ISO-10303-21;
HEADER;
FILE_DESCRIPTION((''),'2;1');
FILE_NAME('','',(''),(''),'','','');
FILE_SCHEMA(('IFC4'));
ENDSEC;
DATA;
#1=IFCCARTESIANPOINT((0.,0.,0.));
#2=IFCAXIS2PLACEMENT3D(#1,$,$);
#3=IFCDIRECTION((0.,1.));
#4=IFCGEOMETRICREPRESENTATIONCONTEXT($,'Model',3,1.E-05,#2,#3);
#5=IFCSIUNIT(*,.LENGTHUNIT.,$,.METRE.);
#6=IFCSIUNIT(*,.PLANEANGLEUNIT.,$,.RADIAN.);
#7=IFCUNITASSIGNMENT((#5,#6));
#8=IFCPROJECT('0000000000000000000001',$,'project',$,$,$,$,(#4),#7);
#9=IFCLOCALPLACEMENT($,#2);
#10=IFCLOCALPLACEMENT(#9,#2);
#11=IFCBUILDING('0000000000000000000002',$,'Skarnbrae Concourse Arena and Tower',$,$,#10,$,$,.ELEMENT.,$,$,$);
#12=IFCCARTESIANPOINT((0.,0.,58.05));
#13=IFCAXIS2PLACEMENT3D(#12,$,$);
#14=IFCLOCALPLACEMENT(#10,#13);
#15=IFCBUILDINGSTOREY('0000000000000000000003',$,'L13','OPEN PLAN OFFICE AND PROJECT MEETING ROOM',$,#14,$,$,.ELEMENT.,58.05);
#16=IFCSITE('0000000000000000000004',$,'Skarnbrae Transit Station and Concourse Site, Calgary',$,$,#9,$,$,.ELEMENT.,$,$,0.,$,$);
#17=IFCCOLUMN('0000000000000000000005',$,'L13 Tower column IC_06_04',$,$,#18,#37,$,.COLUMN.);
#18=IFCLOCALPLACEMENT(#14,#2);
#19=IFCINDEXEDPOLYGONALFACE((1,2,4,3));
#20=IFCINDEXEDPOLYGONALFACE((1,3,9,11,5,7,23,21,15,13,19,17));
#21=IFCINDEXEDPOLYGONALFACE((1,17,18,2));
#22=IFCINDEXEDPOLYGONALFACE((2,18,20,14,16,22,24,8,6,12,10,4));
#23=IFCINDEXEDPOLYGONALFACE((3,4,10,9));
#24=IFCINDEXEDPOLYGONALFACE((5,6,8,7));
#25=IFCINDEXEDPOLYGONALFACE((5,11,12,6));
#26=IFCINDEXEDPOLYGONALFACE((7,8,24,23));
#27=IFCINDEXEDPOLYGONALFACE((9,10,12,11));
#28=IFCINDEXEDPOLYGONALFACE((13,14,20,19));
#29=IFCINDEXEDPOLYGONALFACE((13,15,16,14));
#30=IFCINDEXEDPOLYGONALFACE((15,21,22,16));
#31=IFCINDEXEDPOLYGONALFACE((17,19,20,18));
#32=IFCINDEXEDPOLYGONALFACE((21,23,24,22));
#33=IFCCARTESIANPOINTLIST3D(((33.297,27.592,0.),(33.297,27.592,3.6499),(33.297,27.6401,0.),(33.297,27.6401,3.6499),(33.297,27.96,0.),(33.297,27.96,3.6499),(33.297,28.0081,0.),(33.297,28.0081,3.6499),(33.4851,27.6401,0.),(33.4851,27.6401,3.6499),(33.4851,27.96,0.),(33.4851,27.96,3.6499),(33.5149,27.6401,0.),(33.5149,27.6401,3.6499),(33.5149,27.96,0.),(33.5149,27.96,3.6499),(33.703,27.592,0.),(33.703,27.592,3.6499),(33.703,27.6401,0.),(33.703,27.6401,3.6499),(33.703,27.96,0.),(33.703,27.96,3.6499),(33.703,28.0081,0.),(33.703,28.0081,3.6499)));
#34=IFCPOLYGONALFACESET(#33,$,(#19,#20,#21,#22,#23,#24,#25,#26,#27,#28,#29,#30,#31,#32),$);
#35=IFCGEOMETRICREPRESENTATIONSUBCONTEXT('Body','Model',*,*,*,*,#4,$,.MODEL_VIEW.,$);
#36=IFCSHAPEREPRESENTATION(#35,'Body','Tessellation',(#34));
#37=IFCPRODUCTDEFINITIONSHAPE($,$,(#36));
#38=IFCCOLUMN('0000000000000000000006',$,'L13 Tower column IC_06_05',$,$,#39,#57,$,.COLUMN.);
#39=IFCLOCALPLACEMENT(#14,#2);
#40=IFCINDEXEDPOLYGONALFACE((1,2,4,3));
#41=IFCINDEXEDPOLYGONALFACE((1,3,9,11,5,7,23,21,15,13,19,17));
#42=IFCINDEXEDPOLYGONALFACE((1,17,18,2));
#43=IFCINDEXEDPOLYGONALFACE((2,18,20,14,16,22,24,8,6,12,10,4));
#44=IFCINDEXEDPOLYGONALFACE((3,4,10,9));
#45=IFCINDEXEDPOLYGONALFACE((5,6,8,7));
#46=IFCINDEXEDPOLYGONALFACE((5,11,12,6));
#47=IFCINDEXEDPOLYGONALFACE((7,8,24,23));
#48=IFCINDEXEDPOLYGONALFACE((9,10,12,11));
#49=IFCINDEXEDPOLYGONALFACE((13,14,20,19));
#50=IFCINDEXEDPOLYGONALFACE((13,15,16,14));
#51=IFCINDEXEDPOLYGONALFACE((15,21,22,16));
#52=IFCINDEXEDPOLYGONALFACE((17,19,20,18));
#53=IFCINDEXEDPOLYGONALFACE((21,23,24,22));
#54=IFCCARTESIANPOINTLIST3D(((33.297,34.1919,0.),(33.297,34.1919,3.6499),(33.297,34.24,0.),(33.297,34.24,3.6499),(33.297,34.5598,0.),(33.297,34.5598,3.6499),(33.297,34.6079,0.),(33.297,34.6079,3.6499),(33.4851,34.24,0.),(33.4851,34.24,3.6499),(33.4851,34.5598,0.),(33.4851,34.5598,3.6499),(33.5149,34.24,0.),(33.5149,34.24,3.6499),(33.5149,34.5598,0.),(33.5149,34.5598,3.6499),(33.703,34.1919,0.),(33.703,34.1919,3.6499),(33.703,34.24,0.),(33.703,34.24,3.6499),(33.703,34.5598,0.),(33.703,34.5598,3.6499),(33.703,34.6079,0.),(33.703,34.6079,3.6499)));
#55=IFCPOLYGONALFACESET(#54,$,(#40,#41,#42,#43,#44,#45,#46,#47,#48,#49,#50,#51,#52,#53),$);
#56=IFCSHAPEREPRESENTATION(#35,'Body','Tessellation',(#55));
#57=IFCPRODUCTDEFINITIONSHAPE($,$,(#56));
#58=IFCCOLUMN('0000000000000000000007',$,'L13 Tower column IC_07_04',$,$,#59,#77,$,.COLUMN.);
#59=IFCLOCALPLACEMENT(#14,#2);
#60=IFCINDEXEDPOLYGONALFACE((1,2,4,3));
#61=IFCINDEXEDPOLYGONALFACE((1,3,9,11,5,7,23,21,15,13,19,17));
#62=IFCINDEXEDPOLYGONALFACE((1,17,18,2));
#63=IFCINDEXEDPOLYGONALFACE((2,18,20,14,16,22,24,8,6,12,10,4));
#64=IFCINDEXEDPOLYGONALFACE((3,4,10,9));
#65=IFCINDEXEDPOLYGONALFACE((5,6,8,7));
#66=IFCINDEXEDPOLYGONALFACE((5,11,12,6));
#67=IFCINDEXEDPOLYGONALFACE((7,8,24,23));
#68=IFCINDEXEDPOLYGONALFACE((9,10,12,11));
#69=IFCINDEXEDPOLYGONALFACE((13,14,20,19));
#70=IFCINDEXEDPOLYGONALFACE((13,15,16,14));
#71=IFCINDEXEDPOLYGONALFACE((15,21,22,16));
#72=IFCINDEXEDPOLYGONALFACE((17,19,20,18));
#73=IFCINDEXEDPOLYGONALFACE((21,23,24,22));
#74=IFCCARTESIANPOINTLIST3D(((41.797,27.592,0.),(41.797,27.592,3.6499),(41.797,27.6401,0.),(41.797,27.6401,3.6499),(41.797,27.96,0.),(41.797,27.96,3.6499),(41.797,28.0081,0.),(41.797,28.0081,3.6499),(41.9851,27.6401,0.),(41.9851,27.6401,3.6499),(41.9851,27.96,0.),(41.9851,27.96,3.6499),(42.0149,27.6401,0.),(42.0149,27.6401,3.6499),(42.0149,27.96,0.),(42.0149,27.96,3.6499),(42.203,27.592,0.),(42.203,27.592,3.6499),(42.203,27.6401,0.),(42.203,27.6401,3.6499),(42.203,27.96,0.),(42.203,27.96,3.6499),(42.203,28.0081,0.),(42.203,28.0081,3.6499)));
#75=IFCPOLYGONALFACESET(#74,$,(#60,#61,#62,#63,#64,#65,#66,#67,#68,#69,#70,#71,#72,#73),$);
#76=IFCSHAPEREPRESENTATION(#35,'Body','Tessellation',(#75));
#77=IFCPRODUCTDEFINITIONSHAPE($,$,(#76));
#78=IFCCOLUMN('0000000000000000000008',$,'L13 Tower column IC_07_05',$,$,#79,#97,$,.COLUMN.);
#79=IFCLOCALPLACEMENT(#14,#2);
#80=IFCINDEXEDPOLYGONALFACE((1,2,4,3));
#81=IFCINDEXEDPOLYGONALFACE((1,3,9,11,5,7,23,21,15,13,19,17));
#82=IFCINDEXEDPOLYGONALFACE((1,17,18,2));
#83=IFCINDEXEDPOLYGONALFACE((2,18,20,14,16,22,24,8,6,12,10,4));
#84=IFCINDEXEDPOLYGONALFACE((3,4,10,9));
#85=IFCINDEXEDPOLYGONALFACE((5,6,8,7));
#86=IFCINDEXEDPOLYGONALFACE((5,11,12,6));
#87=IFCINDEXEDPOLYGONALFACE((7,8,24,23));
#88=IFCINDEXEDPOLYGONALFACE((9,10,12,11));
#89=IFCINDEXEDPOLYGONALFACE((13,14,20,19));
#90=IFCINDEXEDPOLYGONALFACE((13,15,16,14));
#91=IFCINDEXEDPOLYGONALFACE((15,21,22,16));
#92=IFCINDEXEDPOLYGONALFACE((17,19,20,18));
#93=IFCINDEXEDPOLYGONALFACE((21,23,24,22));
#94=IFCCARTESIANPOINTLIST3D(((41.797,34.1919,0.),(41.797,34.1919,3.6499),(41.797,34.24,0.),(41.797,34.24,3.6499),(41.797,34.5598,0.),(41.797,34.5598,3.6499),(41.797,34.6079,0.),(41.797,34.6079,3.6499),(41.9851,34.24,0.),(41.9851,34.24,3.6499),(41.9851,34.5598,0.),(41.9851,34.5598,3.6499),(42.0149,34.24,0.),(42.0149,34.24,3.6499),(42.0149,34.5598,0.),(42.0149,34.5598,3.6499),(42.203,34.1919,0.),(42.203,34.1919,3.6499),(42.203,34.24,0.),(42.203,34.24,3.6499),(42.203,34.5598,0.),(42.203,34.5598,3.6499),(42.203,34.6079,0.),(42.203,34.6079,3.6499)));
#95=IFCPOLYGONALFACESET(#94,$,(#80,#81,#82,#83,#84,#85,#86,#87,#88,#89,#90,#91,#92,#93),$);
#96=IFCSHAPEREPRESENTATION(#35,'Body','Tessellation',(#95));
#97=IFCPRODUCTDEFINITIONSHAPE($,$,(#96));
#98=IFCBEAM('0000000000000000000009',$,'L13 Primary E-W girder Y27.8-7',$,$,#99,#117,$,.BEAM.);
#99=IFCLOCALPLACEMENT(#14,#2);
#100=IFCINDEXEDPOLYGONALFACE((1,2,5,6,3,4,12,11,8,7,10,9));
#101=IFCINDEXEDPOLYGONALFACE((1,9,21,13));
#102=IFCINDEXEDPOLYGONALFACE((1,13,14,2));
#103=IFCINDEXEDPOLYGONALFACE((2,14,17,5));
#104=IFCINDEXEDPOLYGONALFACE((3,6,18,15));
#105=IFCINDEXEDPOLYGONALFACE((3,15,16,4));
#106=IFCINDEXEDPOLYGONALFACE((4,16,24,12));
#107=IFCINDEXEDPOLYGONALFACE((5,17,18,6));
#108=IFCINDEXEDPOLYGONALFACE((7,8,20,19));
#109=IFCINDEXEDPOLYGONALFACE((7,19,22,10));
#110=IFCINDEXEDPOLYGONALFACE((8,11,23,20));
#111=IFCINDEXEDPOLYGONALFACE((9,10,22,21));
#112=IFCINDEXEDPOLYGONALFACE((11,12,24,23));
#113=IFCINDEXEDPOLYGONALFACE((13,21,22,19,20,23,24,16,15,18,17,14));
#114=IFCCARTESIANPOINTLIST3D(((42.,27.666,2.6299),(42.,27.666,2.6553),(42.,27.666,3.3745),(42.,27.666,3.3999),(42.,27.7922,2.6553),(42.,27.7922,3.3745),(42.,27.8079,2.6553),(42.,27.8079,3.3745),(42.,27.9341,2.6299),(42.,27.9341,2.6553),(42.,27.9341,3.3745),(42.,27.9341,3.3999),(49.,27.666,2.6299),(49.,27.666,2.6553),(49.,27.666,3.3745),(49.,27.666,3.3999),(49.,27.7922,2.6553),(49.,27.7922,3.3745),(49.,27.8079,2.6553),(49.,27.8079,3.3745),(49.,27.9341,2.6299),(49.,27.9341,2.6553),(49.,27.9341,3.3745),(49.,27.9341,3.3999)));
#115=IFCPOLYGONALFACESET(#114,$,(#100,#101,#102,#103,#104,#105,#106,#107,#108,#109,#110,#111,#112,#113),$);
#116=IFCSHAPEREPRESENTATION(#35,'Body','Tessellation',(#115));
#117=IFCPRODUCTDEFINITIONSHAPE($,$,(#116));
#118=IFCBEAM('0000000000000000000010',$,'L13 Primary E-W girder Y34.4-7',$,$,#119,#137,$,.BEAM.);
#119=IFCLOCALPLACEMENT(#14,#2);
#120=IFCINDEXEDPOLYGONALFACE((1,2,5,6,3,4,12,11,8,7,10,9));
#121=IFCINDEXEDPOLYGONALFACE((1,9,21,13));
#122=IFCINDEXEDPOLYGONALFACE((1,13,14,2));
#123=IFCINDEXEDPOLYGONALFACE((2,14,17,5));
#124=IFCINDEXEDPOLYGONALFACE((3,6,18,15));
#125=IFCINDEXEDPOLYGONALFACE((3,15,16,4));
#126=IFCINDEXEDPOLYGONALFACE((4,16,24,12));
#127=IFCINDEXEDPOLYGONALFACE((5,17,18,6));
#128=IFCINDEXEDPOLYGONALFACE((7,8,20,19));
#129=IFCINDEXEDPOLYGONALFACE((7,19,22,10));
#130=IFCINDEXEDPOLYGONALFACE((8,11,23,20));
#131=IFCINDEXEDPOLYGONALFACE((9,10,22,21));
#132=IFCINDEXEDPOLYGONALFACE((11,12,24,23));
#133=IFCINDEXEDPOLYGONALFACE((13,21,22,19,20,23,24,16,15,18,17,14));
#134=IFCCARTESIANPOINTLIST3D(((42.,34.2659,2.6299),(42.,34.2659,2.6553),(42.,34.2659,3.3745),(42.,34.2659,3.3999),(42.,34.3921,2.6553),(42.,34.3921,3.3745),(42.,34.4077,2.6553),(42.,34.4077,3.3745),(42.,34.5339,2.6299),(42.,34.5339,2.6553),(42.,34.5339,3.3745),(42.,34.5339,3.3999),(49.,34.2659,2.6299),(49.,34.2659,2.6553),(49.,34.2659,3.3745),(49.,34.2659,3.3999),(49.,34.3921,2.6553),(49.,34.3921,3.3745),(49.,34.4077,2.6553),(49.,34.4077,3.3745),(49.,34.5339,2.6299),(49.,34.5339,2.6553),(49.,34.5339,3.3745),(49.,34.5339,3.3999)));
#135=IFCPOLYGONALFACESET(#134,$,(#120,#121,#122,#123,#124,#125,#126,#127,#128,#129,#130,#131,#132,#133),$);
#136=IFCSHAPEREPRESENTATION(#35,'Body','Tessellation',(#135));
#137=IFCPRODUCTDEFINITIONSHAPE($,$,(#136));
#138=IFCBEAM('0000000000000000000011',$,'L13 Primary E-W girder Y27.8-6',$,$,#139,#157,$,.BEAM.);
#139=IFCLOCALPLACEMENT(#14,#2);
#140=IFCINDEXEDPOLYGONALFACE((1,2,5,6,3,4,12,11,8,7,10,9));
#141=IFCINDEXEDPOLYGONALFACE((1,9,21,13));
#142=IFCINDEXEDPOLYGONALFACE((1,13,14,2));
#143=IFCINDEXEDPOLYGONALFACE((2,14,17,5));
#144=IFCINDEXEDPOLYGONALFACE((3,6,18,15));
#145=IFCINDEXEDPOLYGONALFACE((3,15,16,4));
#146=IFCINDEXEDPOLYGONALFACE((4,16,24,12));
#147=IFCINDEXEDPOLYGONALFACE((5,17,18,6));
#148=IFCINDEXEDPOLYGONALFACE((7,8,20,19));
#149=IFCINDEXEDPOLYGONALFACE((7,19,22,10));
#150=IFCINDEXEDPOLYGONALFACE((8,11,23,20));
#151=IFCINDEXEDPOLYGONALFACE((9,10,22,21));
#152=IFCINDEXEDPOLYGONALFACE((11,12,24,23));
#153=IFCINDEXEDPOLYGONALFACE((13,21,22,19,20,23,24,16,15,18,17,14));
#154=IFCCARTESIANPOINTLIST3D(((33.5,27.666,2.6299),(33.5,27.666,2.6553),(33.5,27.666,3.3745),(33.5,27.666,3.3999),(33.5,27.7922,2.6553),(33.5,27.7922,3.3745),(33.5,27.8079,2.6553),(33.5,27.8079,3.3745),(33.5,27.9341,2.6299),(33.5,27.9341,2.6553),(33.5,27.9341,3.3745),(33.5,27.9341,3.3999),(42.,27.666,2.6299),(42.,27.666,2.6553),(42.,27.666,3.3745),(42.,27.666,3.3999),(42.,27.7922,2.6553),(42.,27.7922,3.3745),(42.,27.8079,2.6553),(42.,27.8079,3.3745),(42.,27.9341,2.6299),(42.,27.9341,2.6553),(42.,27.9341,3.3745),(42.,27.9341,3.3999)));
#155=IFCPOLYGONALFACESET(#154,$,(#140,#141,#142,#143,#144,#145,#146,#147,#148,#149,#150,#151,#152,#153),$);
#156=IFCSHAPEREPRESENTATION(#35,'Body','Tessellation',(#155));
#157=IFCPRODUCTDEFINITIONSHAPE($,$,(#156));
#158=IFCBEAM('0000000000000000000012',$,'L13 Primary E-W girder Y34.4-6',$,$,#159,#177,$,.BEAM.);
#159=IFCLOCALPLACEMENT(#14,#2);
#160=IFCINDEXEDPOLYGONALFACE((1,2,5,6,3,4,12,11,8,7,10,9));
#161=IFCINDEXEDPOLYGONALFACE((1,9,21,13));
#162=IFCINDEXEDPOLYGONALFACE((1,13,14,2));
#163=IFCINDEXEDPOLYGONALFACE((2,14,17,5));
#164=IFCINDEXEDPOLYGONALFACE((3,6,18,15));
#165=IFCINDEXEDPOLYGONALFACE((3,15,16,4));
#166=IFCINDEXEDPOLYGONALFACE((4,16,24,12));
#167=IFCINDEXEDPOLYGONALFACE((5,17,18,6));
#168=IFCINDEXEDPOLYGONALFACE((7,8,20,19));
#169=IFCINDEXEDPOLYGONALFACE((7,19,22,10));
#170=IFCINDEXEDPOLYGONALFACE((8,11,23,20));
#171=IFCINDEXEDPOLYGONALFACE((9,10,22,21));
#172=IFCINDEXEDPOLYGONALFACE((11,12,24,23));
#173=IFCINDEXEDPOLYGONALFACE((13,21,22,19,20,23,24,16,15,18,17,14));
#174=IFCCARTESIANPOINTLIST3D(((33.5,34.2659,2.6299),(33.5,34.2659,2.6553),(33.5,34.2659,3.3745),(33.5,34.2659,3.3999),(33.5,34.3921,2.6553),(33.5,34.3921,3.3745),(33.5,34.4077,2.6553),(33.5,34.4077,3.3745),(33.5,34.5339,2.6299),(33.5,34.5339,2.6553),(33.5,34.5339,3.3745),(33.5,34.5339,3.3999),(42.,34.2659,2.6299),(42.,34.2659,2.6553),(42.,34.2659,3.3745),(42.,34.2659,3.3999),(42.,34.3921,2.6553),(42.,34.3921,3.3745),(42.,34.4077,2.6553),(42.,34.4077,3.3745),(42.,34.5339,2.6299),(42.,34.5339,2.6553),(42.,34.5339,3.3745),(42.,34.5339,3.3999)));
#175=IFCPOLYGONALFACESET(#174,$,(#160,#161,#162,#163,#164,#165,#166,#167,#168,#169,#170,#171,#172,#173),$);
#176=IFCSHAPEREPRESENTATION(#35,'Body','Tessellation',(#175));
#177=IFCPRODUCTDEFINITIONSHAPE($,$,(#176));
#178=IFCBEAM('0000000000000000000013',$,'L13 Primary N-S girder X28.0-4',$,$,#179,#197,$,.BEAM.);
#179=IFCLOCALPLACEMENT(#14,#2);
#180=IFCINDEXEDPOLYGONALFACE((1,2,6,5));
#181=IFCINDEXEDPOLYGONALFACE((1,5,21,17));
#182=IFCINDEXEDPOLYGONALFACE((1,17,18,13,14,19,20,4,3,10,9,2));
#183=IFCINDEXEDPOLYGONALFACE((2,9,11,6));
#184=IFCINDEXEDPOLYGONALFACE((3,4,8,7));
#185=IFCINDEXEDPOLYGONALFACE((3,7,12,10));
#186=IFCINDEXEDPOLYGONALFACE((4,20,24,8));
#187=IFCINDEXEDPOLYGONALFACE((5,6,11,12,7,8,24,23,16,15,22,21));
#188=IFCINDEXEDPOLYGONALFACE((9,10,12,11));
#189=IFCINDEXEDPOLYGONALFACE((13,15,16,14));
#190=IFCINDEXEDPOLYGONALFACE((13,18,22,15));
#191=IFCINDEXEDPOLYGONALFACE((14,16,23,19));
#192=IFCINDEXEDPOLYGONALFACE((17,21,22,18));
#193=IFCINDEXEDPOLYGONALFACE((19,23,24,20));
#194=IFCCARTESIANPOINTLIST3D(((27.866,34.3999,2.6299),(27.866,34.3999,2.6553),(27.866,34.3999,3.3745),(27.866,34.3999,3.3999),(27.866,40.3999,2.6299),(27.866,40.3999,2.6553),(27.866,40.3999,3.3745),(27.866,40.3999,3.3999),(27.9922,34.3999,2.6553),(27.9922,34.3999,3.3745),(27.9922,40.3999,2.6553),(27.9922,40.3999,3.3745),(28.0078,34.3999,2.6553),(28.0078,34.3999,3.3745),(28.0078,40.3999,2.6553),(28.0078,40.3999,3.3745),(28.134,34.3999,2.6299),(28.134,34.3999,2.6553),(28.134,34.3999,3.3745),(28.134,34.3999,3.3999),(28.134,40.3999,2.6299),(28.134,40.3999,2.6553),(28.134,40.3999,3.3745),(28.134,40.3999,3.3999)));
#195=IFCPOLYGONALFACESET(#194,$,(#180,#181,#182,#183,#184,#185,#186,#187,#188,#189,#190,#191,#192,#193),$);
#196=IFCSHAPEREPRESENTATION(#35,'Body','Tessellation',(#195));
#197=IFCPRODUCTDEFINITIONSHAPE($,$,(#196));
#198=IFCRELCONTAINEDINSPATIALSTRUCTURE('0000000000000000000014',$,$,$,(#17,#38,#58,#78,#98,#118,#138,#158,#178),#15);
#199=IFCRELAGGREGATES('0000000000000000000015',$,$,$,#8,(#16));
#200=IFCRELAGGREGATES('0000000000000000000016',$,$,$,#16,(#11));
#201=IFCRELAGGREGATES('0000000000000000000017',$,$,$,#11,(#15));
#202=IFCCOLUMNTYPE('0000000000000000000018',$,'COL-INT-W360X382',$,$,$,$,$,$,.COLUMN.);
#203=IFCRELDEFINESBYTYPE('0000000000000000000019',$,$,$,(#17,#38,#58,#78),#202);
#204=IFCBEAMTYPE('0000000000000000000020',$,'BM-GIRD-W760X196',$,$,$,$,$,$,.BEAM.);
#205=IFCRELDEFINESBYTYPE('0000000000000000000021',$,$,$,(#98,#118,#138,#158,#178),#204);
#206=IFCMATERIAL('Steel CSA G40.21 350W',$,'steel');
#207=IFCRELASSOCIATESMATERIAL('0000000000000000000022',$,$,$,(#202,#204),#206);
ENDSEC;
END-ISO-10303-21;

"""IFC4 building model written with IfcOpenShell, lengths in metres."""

from ifc_helpers import new_model, si_unit, direction, frame, origin, origin_2d, place, context, subcontext, project, spatial, i_section, extrude, source, transform, mapped, material, material_profile, profile_set, type_object, element, save


model = new_model("IFC4")

# Units and contexts
model_context = context("Model", 3, precision=1e-05, world=origin(), true_north=direction((0.0, 1.0)))
body_context = subcontext(model_context, "Body", "Model", "MODEL_VIEW")
ifc_project = project(units=[si_unit("LENGTHUNIT", "METRE"), si_unit("PLANEANGLEUNIT", "RADIAN")], contexts=[model_context])

# Site, building, storey
site_placement = place(None, origin())
site = spatial("IfcSite", under=ifc_project, at=site_placement, Name="Skarnbrae Transit Station and Concourse Site, Calgary", CompositionType="ELEMENT", RefElevation=0.0)
building_placement = place(site_placement, origin())
building = spatial("IfcBuilding", under=site, at=building_placement, Name="Skarnbrae Concourse Arena and Tower", CompositionType="ELEMENT")
storey_placement = place(building_placement, frame((0.0, 0.0, 58.05)))
storey = spatial("IfcBuildingStorey", under=building, at=storey_placement, Name="L13", Description="OPEN PLAN OFFICE AND PROJECT MEETING ROOM", CompositionType="ELEMENT", Elevation=58.05)

# Columns
ifc_material_1 = material(Name="Steel CSA G40.21 350W", Category="steel")
ifc_material_profile_1 = material_profile(ifc_material_1, i_section(OverallWidth=0.406, OverallDepth=0.416, WebThickness=0.0298, FlangeThickness=0.0481, at=origin_2d()), Name="W360X382")
ifc_profile_set_1 = profile_set([ifc_material_profile_1], Name="Steel CSA G40.21 350W")
column_type = type_object("IfcColumnType", Name="COL-INT-W360X382", PredefinedType="COLUMN", material=ifc_profile_set_1)
shared_shape_1 = source(origin(), body_context, "Body", "SweptSolid", [
    extrude(i_section(OverallWidth=0.406, OverallDepth=0.416, WebThickness=0.0298, FlangeThickness=0.0481, at=origin_2d()), origin(), (0.0, 0.0, 1.0), 3.6499),
])
for number, where, z_axis, x_axis, name in (
    (1, (33.5, 27.8, 0.0), (0.0, 0.0, 1.0), (1.0, 0.0, 0.0), "L13 Tower column IC_06_04"),
    (2, (33.5, 34.3999, 0.0), (0.0, 0.0, 1.0), (1.0, 0.0, 0.0), "L13 Tower column IC_06_05"),
    (3, (42.0, 27.8, 0.0), (0.0, 0.0, 1.0), (1.0, 0.0, 0.0), "L13 Tower column IC_07_04"),
    (4, (42.0, 34.3999, 0.0), (0.0, 0.0, 1.0), (1.0, 0.0, 0.0), "L13 Tower column IC_07_05"),
):
    element("IfcColumn", number, at=place(storey_placement, frame(where, z_axis=z_axis, x_axis=x_axis)), inside=storey, type_object=column_type, Name=name, PredefinedType="COLUMN", context=body_context, shape_type="MappedRepresentation", body=[
        mapped(shared_shape_1, transform((0.0, 0.0, 0.0))),
    ])

# Beams
ifc_material_profile_2 = material_profile(ifc_material_1, i_section(OverallWidth=0.2681, OverallDepth=0.77, WebThickness=0.0156, FlangeThickness=0.0254, at=origin_2d()), Name="W760X196")
ifc_profile_set_2 = profile_set([ifc_material_profile_2], Name="Steel CSA G40.21 350W")
beam_type_1 = type_object("IfcBeamType", Name="BM-GIRD-W760X196", PredefinedType="BEAM", material=ifc_profile_set_2)
shared_shape_2 = source(origin(), body_context, "Body", "SweptSolid", [
    extrude(i_section(OverallWidth=0.2681, OverallDepth=0.77, WebThickness=0.0156, FlangeThickness=0.0254, at=origin_2d()), origin(), (0.0, 0.0, 1.0), 7.0),
])
for number, where, z_axis, x_axis, name in (
    (5, (42.0, 27.8, 3.0149), (1.0, 0.0, 0.0), (0.0, 1.0, 0.0), "L13 Primary E-W girder Y27.8-7"),
    (6, (42.0, 34.3999, 3.0149), (1.0, 0.0, 0.0), (0.0, 1.0, 0.0), "L13 Primary E-W girder Y34.4-7"),
):
    element("IfcBeam", number, at=place(storey_placement, frame(where, z_axis=z_axis, x_axis=x_axis)), inside=storey, type_object=beam_type_1, Name=name, PredefinedType="BEAM", context=body_context, shape_type="MappedRepresentation", body=[
        mapped(shared_shape_2, transform((0.0, 0.0, 0.0))),
    ])
shared_shape_3 = source(origin(), body_context, "Body", "SweptSolid", [
    extrude(i_section(OverallWidth=0.2681, OverallDepth=0.77, WebThickness=0.0156, FlangeThickness=0.0254, at=origin_2d()), origin(), (0.0, 0.0, 1.0), 8.5),
])
for number, where, z_axis, x_axis, name in (
    (7, (33.5, 27.8, 3.0149), (1.0, 0.0, 0.0), (0.0, 1.0, 0.0), "L13 Primary E-W girder Y27.8-6"),
    (8, (33.5, 34.3999, 3.0149), (1.0, 0.0, 0.0), (0.0, 1.0, 0.0), "L13 Primary E-W girder Y34.4-6"),
):
    element("IfcBeam", number, at=place(storey_placement, frame(where, z_axis=z_axis, x_axis=x_axis)), inside=storey, type_object=beam_type_1, Name=name, PredefinedType="BEAM", context=body_context, shape_type="MappedRepresentation", body=[
        mapped(shared_shape_3, transform((0.0, 0.0, 0.0))),
    ])
shared_shape_4 = source(origin(), body_context, "Body", "SweptSolid", [
    extrude(i_section(OverallWidth=0.2681, OverallDepth=0.77, WebThickness=0.0156, FlangeThickness=0.0254, at=origin_2d()), origin(), (0.0, 0.0, 1.0), 6.0),
])
for number, where, z_axis, x_axis, name in (
    (9, (28.0, 34.3999, 3.0149), (0.0, 1.0, 0.0), (-1.0, 0.0, 0.0), "L13 Primary N-S girder X28.0-4"),
):
    element("IfcBeam", number, at=place(storey_placement, frame(where, z_axis=z_axis, x_axis=x_axis)), inside=storey, type_object=beam_type_1, Name=name, PredefinedType="BEAM", context=body_context, shape_type="MappedRepresentation", body=[
        mapped(shared_shape_4, transform((0.0, 0.0, 0.0))),
    ])

save(model, "model.ifc")
